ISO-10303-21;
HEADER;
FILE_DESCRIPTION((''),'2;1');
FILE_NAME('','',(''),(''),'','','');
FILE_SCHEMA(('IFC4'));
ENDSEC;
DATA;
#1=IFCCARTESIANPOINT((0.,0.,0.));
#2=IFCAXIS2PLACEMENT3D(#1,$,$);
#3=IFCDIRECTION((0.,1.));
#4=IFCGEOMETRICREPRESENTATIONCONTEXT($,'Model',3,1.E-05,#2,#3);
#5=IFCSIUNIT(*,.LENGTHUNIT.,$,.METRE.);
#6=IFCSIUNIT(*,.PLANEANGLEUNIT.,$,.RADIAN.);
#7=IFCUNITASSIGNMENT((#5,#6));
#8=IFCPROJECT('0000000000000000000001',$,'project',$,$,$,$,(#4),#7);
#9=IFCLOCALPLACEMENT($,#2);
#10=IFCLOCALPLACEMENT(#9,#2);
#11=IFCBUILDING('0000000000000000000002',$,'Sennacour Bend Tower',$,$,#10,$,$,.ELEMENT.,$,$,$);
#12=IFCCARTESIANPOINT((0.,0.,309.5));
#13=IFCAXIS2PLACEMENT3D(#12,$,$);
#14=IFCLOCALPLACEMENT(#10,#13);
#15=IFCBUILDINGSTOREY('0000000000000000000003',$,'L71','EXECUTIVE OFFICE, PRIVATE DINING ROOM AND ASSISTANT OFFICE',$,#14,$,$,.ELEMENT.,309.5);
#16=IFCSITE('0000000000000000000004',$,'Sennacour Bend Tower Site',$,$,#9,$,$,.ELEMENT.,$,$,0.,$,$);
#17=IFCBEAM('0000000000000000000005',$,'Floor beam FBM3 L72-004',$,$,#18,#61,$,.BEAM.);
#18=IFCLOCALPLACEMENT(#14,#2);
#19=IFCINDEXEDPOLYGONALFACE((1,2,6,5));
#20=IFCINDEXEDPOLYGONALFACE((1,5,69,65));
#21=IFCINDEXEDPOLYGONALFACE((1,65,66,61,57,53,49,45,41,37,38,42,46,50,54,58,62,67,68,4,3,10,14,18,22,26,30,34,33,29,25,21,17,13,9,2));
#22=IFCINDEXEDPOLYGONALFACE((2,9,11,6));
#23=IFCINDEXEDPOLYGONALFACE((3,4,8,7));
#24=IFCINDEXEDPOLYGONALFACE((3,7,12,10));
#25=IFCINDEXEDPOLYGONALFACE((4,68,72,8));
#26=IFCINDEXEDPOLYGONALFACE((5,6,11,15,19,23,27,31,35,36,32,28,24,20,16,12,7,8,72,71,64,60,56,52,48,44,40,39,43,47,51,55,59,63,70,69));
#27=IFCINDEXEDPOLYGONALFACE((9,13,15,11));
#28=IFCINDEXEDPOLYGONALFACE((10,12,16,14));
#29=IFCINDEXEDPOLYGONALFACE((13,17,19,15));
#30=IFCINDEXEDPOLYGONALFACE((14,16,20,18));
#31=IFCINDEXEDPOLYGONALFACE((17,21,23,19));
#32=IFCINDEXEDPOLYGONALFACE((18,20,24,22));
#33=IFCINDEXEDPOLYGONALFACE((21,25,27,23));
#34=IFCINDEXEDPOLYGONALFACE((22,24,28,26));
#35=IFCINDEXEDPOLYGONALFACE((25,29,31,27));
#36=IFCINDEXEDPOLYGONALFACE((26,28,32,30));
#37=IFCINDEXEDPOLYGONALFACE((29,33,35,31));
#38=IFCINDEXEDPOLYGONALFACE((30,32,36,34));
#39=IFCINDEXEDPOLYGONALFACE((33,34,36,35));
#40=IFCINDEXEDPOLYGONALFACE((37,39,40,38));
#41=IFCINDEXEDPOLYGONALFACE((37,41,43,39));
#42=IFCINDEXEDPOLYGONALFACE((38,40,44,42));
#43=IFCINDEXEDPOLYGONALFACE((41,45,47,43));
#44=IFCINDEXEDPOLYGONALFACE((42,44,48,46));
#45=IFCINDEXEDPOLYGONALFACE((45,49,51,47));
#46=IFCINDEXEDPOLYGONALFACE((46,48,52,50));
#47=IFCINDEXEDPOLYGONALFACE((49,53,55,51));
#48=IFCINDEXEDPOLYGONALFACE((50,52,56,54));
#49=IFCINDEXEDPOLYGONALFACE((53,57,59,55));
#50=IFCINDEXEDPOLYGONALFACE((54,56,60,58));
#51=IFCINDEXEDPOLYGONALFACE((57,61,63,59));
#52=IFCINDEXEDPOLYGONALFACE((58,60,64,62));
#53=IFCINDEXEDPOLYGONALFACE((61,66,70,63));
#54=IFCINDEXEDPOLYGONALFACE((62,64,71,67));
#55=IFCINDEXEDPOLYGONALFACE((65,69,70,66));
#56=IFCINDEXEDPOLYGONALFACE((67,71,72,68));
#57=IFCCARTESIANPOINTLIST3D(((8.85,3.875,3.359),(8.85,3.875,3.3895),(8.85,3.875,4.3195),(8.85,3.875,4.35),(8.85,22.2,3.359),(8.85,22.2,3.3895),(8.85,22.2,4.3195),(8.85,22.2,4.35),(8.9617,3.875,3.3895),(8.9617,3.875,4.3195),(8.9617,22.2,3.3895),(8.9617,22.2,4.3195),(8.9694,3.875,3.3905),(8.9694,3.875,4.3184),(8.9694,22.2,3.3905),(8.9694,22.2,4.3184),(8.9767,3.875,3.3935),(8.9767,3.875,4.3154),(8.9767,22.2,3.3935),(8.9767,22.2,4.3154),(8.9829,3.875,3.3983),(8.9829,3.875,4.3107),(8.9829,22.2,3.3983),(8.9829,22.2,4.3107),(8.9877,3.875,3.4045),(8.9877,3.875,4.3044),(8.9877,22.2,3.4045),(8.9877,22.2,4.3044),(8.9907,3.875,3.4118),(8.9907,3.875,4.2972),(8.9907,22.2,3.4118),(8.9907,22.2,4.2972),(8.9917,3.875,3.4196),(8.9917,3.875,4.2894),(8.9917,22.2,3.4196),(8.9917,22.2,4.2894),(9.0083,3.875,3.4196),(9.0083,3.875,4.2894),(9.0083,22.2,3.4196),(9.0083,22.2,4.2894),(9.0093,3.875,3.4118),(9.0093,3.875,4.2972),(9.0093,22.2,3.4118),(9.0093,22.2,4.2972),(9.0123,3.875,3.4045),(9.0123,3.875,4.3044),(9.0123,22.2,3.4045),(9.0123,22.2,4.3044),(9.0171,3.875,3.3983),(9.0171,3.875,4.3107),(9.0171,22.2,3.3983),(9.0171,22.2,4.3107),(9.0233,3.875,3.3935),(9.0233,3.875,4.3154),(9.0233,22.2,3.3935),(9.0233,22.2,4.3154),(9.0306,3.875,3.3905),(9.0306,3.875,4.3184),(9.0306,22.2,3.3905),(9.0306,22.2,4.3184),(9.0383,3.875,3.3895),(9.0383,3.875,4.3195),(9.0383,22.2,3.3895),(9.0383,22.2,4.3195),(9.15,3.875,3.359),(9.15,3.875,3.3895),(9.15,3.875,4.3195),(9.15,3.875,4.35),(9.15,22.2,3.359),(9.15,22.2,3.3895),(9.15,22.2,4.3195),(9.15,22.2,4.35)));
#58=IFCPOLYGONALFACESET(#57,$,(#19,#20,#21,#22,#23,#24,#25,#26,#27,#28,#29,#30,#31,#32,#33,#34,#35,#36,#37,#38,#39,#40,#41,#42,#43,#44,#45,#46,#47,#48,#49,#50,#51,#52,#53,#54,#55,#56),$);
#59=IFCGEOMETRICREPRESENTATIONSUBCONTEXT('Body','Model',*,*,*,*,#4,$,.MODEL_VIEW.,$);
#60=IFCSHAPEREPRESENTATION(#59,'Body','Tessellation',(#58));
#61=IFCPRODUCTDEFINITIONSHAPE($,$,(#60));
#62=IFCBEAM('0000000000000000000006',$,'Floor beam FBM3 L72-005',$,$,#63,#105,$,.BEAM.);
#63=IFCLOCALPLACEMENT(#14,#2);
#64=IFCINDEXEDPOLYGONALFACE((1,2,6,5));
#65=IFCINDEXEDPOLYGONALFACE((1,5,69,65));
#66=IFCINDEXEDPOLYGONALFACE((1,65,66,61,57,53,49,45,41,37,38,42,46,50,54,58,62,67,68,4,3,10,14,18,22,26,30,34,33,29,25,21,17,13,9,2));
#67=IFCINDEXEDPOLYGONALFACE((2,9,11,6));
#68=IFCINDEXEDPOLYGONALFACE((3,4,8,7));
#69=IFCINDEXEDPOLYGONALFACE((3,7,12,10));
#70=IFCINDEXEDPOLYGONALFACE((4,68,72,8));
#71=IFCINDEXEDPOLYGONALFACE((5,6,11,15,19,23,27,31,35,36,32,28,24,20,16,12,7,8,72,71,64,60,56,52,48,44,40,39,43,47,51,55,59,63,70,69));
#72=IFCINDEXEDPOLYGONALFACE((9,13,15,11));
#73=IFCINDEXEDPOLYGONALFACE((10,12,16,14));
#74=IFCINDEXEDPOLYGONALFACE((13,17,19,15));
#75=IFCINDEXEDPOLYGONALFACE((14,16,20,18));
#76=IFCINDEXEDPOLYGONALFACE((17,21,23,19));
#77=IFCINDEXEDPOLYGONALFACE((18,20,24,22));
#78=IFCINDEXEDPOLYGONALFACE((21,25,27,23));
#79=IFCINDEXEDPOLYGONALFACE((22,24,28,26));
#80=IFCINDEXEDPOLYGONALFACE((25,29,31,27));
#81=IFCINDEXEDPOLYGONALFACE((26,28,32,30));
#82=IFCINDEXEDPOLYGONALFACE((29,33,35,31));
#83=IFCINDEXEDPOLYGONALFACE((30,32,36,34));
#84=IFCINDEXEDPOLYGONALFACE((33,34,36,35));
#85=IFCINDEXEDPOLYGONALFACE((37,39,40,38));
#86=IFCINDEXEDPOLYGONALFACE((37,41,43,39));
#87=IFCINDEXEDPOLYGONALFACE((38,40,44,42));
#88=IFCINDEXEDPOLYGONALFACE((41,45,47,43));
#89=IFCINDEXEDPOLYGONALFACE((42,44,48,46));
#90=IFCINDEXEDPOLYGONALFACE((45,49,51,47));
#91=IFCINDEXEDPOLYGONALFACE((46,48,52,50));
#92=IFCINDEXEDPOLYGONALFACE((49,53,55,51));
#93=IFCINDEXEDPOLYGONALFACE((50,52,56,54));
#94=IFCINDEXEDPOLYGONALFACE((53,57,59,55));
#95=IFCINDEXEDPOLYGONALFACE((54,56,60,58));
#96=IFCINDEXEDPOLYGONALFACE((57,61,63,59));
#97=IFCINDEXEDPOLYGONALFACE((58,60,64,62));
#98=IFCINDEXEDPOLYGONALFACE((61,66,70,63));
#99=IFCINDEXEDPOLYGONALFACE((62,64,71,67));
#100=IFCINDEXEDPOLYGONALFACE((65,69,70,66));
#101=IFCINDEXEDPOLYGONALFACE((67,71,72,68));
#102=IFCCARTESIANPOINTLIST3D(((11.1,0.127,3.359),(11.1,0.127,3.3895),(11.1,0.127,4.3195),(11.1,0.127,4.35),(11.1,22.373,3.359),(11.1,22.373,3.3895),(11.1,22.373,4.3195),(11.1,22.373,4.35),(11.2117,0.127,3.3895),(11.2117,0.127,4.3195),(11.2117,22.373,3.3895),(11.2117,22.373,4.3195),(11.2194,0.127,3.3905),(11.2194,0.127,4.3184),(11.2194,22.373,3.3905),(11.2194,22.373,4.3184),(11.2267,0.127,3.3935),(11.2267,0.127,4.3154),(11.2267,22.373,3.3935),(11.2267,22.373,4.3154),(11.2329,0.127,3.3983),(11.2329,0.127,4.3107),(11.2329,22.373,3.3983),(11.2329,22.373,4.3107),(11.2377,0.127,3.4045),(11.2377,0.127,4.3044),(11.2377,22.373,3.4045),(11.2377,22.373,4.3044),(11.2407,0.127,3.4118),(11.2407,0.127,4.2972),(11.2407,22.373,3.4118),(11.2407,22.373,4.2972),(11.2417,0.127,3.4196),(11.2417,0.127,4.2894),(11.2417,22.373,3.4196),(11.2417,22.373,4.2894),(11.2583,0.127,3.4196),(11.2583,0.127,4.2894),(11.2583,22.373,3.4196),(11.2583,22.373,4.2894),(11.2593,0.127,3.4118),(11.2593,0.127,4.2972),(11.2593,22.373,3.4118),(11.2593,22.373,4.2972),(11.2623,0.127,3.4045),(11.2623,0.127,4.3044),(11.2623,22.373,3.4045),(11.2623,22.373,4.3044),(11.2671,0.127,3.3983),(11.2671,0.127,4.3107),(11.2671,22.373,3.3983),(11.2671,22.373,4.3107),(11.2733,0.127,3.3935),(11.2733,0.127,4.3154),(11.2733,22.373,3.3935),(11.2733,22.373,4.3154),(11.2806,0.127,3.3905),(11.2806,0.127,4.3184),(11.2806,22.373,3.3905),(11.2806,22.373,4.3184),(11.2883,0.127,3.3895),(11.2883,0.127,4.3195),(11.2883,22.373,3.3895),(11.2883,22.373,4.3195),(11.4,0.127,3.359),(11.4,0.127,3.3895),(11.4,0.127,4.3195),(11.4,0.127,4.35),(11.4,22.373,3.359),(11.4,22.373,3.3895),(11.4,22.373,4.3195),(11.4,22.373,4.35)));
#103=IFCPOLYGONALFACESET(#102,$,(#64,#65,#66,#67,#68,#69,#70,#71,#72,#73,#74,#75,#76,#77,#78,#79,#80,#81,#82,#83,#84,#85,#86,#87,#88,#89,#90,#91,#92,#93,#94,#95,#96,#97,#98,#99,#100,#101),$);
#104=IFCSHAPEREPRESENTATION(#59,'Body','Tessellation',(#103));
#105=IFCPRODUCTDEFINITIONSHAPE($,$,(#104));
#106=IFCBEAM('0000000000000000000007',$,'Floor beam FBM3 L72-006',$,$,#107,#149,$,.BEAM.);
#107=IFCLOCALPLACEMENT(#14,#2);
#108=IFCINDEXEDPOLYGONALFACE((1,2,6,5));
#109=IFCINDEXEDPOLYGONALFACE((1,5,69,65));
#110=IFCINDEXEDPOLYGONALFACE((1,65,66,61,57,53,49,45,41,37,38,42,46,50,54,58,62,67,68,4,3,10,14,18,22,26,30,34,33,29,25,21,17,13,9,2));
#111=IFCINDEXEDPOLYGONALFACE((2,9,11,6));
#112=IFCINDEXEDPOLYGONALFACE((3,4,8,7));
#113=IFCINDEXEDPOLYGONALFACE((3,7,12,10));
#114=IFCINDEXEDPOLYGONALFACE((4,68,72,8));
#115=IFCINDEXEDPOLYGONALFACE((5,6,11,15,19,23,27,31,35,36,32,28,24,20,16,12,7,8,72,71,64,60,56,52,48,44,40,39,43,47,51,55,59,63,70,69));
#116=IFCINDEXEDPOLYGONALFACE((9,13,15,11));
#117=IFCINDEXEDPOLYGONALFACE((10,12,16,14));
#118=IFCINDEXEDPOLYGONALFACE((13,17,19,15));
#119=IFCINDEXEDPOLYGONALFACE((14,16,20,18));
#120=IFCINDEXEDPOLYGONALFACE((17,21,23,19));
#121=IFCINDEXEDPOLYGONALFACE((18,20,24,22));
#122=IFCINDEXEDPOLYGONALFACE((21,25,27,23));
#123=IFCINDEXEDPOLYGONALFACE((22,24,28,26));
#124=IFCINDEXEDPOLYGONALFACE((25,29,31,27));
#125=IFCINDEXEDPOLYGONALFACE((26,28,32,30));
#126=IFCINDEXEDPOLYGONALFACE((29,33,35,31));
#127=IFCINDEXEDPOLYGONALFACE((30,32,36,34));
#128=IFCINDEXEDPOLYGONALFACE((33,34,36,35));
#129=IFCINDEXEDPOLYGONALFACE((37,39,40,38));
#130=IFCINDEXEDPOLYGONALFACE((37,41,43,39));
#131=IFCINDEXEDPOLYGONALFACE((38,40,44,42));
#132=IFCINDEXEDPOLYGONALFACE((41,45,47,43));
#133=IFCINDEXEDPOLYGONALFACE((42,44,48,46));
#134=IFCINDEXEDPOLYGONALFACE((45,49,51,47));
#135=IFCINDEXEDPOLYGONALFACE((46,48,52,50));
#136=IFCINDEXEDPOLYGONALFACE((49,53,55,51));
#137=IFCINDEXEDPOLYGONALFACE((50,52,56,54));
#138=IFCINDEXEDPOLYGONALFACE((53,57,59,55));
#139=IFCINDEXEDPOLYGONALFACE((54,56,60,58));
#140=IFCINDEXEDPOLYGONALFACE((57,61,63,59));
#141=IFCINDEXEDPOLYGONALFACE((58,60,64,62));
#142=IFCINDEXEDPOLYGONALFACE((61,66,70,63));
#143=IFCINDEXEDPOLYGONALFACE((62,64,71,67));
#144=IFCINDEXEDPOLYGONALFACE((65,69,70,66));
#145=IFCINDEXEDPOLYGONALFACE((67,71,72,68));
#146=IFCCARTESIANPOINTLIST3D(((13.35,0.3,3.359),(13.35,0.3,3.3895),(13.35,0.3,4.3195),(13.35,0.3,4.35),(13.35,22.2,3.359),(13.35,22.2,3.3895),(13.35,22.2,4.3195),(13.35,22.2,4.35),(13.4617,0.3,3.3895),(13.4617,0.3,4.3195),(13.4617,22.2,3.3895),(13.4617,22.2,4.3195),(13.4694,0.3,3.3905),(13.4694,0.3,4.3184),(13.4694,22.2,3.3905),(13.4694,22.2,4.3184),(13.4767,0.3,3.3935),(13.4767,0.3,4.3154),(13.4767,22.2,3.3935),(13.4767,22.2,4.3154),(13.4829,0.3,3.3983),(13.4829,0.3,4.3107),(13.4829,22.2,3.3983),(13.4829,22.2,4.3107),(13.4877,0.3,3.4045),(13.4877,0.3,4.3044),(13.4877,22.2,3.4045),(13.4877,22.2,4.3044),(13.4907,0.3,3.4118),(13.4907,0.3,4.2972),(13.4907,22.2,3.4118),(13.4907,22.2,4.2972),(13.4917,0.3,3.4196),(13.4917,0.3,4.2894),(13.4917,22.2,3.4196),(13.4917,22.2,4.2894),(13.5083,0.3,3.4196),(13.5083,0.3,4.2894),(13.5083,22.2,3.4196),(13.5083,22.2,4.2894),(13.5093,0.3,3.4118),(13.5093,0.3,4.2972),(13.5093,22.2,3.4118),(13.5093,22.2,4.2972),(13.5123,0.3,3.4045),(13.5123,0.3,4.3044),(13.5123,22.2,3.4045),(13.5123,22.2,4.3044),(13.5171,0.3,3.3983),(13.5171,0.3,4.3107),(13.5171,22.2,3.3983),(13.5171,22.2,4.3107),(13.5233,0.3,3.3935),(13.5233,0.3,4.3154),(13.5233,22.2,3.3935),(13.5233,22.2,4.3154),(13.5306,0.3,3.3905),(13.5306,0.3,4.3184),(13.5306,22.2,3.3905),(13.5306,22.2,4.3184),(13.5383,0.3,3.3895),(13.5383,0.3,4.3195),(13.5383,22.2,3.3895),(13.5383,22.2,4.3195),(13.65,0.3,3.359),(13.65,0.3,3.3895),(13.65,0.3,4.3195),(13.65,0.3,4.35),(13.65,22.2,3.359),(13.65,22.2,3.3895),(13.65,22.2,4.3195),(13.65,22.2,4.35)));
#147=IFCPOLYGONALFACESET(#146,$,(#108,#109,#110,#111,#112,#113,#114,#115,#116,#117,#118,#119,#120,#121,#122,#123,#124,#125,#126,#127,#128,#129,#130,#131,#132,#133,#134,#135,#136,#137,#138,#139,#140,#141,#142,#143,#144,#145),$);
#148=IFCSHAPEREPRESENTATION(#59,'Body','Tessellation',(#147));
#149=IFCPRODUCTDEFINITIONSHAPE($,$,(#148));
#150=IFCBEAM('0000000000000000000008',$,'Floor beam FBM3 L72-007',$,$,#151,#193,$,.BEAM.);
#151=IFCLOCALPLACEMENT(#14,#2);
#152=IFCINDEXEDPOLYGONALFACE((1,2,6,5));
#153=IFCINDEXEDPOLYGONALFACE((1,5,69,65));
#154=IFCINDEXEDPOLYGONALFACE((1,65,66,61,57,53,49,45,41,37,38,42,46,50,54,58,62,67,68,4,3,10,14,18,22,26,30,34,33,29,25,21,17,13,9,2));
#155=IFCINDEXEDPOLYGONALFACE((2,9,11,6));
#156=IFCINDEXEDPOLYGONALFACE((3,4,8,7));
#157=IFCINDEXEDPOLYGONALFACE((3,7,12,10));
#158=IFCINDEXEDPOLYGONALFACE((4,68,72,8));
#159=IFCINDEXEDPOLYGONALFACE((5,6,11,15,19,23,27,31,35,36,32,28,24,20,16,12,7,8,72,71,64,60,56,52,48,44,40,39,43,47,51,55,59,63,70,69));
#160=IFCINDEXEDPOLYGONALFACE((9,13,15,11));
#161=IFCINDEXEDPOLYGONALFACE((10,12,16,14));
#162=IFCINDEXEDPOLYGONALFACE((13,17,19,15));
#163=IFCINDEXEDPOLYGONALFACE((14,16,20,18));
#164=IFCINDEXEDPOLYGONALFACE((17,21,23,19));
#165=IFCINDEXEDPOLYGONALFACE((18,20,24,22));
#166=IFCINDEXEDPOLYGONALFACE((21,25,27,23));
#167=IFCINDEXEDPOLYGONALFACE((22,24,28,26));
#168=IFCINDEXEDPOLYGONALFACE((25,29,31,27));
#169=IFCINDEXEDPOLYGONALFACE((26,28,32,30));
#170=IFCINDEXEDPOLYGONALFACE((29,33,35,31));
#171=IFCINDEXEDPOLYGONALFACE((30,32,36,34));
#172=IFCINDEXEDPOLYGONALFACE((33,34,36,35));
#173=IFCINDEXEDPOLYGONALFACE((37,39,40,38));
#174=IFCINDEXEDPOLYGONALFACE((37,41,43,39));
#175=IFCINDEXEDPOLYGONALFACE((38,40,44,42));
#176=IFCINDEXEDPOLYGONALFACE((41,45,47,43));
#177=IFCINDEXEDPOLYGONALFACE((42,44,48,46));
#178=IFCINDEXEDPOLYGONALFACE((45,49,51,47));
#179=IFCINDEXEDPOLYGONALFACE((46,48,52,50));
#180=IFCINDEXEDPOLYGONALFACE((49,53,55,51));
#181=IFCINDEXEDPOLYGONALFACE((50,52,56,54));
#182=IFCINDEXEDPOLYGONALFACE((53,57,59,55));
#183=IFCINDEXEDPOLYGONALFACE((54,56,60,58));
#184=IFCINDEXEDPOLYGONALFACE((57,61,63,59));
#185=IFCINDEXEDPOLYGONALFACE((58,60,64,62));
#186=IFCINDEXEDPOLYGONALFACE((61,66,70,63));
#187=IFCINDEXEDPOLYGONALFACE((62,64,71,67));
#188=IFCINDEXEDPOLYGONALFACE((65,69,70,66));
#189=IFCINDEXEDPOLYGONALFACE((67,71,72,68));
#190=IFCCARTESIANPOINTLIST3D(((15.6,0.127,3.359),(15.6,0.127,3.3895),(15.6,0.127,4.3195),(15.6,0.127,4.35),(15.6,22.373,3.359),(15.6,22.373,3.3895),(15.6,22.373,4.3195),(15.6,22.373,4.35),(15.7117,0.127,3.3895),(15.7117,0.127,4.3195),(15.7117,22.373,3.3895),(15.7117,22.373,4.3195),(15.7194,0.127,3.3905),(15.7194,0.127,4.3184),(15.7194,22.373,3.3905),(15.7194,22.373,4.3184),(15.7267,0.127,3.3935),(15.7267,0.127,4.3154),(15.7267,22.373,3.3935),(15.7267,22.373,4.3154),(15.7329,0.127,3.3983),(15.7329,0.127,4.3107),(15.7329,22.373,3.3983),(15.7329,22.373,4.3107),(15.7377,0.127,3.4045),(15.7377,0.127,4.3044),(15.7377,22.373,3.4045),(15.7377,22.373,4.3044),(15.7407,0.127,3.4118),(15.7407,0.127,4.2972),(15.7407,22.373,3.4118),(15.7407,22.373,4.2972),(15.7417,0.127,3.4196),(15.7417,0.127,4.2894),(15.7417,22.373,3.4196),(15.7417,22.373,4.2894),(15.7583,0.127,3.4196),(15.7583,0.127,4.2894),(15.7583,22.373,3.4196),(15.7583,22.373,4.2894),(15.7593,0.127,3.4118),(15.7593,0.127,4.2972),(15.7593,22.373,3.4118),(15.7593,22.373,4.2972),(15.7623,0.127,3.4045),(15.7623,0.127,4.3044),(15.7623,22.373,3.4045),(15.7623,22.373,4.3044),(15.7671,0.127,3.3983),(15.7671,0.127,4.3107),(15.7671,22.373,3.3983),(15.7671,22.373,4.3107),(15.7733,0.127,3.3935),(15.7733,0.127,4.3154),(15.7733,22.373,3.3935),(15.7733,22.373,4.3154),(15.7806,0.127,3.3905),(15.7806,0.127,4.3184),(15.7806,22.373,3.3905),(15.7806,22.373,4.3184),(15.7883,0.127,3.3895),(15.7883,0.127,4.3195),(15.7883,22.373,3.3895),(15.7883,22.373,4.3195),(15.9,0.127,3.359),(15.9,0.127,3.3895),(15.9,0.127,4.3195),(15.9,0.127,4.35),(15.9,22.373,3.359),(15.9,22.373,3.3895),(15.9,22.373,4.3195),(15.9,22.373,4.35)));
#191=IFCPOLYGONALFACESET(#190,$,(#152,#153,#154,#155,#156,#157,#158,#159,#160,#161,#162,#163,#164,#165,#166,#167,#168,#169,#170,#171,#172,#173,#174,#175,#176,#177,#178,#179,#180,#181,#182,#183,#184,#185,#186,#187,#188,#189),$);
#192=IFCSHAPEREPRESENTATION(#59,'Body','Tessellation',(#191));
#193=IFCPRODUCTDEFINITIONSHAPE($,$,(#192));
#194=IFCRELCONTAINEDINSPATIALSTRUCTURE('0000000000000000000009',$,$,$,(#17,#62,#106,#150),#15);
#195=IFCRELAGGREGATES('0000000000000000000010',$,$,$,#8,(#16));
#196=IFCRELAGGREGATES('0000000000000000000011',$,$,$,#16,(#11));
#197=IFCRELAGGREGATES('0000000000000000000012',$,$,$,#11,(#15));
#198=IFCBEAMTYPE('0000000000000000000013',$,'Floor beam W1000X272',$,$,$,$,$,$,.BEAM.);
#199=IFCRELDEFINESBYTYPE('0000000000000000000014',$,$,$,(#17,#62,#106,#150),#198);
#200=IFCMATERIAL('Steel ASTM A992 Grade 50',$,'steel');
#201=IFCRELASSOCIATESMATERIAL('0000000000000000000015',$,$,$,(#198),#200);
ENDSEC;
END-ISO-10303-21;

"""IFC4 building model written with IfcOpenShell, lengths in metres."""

from ifc_helpers import new_model, si_unit, direction, frame, origin, origin_2d, place, context, subcontext, project, spatial, i_section, extrude, material, material_profile, profile_set, type_object, element, save


model = new_model("IFC4")

# Units and contexts
model_context = context("Model", 3, precision=1e-05, world=origin(), true_north=direction((0.0, 1.0)))
body_context = subcontext(model_context, "Body", "Model", "MODEL_VIEW")
ifc_project = project(units=[si_unit("LENGTHUNIT", "METRE"), si_unit("PLANEANGLEUNIT", "RADIAN")], contexts=[model_context])

# Site, building, storey
site_placement = place(None, origin())
site = spatial("IfcSite", under=ifc_project, at=site_placement, Name="Sennacour Bend Tower Site", CompositionType="ELEMENT", RefElevation=0.0)
building_placement = place(site_placement, origin())
building = spatial("IfcBuilding", under=site, at=building_placement, Name="Sennacour Bend Tower", CompositionType="ELEMENT")
storey_placement = place(building_placement, frame((0.0, 0.0, 309.5)))
storey = spatial("IfcBuildingStorey", under=building, at=storey_placement, Name="L71", Description="EXECUTIVE OFFICE, PRIVATE DINING ROOM AND ASSISTANT OFFICE", CompositionType="ELEMENT", Elevation=309.5)

# Beams
ifc_material_1 = material(Name="Steel ASTM A992 Grade 50", Category="steel")
ifc_material_profile_1 = material_profile(ifc_material_1, i_section(OverallWidth=0.3, OverallDepth=0.991, WebThickness=0.0166, FlangeThickness=0.0305, FilletRadius=0.03, at=origin_2d()), Name="Steel ASTM A992 Grade 50", Category="steel")
ifc_profile_set_1 = profile_set([ifc_material_profile_1], Name="Steel ASTM A992 Grade 50")
beam_type_1 = type_object("IfcBeamType", Name="Floor beam W1000X272", PredefinedType="BEAM", material=ifc_profile_set_1)
beam_1_placement = place(storey_placement, frame((9.0, 3.875, 3.8545), z_axis=(0.0, 1.0, 0.0), x_axis=(-1.0, 0.0, 0.0)))
element("IfcBeam", 1, at=beam_1_placement, inside=storey, type_object=beam_type_1, Name="Floor beam FBM3 L72-004", PredefinedType="BEAM", context=body_context, shape_type="SweptSolid", body=[
    extrude(i_section(OverallWidth=0.3, OverallDepth=0.991, WebThickness=0.0166, FlangeThickness=0.0305, FilletRadius=0.03, at=origin_2d()), origin(), (0.0, 0.0, 1.0), 18.325),
])
beam_2_placement = place(storey_placement, frame((11.25, 0.127, 3.8545), z_axis=(0.0, 1.0, 0.0), x_axis=(-1.0, 0.0, 0.0)))
element("IfcBeam", 2, at=beam_2_placement, inside=storey, type_object=beam_type_1, Name="Floor beam FBM3 L72-005", PredefinedType="BEAM", context=body_context, shape_type="SweptSolid", body=[
    extrude(i_section(OverallWidth=0.3, OverallDepth=0.991, WebThickness=0.0166, FlangeThickness=0.0305, FilletRadius=0.03, at=origin_2d()), origin(), (0.0, 0.0, 1.0), 22.2461),
])
beam_3_placement = place(storey_placement, frame((13.5, 0.3, 3.8545), z_axis=(0.0, 1.0, 0.0), x_axis=(-1.0, 0.0, 0.0)))
element("IfcBeam", 3, at=beam_3_placement, inside=storey, type_object=beam_type_1, Name="Floor beam FBM3 L72-006", PredefinedType="BEAM", context=body_context, shape_type="SweptSolid", body=[
    extrude(i_section(OverallWidth=0.3, OverallDepth=0.991, WebThickness=0.0166, FlangeThickness=0.0305, FilletRadius=0.03, at=origin_2d()), origin(), (0.0, 0.0, 1.0), 21.8999),
])
beam_4_placement = place(storey_placement, frame((15.75, 0.127, 3.8545), z_axis=(0.0, 1.0, 0.0), x_axis=(-1.0, 0.0, 0.0)))
element("IfcBeam", 4, at=beam_4_placement, inside=storey, type_object=beam_type_1, Name="Floor beam FBM3 L72-007", PredefinedType="BEAM", context=body_context, shape_type="SweptSolid", body=[
    extrude(i_section(OverallWidth=0.3, OverallDepth=0.991, WebThickness=0.0166, FlangeThickness=0.0305, FilletRadius=0.03, at=origin_2d()), origin(), (0.0, 0.0, 1.0), 22.2461),
])

save(model, "model.ifc")
